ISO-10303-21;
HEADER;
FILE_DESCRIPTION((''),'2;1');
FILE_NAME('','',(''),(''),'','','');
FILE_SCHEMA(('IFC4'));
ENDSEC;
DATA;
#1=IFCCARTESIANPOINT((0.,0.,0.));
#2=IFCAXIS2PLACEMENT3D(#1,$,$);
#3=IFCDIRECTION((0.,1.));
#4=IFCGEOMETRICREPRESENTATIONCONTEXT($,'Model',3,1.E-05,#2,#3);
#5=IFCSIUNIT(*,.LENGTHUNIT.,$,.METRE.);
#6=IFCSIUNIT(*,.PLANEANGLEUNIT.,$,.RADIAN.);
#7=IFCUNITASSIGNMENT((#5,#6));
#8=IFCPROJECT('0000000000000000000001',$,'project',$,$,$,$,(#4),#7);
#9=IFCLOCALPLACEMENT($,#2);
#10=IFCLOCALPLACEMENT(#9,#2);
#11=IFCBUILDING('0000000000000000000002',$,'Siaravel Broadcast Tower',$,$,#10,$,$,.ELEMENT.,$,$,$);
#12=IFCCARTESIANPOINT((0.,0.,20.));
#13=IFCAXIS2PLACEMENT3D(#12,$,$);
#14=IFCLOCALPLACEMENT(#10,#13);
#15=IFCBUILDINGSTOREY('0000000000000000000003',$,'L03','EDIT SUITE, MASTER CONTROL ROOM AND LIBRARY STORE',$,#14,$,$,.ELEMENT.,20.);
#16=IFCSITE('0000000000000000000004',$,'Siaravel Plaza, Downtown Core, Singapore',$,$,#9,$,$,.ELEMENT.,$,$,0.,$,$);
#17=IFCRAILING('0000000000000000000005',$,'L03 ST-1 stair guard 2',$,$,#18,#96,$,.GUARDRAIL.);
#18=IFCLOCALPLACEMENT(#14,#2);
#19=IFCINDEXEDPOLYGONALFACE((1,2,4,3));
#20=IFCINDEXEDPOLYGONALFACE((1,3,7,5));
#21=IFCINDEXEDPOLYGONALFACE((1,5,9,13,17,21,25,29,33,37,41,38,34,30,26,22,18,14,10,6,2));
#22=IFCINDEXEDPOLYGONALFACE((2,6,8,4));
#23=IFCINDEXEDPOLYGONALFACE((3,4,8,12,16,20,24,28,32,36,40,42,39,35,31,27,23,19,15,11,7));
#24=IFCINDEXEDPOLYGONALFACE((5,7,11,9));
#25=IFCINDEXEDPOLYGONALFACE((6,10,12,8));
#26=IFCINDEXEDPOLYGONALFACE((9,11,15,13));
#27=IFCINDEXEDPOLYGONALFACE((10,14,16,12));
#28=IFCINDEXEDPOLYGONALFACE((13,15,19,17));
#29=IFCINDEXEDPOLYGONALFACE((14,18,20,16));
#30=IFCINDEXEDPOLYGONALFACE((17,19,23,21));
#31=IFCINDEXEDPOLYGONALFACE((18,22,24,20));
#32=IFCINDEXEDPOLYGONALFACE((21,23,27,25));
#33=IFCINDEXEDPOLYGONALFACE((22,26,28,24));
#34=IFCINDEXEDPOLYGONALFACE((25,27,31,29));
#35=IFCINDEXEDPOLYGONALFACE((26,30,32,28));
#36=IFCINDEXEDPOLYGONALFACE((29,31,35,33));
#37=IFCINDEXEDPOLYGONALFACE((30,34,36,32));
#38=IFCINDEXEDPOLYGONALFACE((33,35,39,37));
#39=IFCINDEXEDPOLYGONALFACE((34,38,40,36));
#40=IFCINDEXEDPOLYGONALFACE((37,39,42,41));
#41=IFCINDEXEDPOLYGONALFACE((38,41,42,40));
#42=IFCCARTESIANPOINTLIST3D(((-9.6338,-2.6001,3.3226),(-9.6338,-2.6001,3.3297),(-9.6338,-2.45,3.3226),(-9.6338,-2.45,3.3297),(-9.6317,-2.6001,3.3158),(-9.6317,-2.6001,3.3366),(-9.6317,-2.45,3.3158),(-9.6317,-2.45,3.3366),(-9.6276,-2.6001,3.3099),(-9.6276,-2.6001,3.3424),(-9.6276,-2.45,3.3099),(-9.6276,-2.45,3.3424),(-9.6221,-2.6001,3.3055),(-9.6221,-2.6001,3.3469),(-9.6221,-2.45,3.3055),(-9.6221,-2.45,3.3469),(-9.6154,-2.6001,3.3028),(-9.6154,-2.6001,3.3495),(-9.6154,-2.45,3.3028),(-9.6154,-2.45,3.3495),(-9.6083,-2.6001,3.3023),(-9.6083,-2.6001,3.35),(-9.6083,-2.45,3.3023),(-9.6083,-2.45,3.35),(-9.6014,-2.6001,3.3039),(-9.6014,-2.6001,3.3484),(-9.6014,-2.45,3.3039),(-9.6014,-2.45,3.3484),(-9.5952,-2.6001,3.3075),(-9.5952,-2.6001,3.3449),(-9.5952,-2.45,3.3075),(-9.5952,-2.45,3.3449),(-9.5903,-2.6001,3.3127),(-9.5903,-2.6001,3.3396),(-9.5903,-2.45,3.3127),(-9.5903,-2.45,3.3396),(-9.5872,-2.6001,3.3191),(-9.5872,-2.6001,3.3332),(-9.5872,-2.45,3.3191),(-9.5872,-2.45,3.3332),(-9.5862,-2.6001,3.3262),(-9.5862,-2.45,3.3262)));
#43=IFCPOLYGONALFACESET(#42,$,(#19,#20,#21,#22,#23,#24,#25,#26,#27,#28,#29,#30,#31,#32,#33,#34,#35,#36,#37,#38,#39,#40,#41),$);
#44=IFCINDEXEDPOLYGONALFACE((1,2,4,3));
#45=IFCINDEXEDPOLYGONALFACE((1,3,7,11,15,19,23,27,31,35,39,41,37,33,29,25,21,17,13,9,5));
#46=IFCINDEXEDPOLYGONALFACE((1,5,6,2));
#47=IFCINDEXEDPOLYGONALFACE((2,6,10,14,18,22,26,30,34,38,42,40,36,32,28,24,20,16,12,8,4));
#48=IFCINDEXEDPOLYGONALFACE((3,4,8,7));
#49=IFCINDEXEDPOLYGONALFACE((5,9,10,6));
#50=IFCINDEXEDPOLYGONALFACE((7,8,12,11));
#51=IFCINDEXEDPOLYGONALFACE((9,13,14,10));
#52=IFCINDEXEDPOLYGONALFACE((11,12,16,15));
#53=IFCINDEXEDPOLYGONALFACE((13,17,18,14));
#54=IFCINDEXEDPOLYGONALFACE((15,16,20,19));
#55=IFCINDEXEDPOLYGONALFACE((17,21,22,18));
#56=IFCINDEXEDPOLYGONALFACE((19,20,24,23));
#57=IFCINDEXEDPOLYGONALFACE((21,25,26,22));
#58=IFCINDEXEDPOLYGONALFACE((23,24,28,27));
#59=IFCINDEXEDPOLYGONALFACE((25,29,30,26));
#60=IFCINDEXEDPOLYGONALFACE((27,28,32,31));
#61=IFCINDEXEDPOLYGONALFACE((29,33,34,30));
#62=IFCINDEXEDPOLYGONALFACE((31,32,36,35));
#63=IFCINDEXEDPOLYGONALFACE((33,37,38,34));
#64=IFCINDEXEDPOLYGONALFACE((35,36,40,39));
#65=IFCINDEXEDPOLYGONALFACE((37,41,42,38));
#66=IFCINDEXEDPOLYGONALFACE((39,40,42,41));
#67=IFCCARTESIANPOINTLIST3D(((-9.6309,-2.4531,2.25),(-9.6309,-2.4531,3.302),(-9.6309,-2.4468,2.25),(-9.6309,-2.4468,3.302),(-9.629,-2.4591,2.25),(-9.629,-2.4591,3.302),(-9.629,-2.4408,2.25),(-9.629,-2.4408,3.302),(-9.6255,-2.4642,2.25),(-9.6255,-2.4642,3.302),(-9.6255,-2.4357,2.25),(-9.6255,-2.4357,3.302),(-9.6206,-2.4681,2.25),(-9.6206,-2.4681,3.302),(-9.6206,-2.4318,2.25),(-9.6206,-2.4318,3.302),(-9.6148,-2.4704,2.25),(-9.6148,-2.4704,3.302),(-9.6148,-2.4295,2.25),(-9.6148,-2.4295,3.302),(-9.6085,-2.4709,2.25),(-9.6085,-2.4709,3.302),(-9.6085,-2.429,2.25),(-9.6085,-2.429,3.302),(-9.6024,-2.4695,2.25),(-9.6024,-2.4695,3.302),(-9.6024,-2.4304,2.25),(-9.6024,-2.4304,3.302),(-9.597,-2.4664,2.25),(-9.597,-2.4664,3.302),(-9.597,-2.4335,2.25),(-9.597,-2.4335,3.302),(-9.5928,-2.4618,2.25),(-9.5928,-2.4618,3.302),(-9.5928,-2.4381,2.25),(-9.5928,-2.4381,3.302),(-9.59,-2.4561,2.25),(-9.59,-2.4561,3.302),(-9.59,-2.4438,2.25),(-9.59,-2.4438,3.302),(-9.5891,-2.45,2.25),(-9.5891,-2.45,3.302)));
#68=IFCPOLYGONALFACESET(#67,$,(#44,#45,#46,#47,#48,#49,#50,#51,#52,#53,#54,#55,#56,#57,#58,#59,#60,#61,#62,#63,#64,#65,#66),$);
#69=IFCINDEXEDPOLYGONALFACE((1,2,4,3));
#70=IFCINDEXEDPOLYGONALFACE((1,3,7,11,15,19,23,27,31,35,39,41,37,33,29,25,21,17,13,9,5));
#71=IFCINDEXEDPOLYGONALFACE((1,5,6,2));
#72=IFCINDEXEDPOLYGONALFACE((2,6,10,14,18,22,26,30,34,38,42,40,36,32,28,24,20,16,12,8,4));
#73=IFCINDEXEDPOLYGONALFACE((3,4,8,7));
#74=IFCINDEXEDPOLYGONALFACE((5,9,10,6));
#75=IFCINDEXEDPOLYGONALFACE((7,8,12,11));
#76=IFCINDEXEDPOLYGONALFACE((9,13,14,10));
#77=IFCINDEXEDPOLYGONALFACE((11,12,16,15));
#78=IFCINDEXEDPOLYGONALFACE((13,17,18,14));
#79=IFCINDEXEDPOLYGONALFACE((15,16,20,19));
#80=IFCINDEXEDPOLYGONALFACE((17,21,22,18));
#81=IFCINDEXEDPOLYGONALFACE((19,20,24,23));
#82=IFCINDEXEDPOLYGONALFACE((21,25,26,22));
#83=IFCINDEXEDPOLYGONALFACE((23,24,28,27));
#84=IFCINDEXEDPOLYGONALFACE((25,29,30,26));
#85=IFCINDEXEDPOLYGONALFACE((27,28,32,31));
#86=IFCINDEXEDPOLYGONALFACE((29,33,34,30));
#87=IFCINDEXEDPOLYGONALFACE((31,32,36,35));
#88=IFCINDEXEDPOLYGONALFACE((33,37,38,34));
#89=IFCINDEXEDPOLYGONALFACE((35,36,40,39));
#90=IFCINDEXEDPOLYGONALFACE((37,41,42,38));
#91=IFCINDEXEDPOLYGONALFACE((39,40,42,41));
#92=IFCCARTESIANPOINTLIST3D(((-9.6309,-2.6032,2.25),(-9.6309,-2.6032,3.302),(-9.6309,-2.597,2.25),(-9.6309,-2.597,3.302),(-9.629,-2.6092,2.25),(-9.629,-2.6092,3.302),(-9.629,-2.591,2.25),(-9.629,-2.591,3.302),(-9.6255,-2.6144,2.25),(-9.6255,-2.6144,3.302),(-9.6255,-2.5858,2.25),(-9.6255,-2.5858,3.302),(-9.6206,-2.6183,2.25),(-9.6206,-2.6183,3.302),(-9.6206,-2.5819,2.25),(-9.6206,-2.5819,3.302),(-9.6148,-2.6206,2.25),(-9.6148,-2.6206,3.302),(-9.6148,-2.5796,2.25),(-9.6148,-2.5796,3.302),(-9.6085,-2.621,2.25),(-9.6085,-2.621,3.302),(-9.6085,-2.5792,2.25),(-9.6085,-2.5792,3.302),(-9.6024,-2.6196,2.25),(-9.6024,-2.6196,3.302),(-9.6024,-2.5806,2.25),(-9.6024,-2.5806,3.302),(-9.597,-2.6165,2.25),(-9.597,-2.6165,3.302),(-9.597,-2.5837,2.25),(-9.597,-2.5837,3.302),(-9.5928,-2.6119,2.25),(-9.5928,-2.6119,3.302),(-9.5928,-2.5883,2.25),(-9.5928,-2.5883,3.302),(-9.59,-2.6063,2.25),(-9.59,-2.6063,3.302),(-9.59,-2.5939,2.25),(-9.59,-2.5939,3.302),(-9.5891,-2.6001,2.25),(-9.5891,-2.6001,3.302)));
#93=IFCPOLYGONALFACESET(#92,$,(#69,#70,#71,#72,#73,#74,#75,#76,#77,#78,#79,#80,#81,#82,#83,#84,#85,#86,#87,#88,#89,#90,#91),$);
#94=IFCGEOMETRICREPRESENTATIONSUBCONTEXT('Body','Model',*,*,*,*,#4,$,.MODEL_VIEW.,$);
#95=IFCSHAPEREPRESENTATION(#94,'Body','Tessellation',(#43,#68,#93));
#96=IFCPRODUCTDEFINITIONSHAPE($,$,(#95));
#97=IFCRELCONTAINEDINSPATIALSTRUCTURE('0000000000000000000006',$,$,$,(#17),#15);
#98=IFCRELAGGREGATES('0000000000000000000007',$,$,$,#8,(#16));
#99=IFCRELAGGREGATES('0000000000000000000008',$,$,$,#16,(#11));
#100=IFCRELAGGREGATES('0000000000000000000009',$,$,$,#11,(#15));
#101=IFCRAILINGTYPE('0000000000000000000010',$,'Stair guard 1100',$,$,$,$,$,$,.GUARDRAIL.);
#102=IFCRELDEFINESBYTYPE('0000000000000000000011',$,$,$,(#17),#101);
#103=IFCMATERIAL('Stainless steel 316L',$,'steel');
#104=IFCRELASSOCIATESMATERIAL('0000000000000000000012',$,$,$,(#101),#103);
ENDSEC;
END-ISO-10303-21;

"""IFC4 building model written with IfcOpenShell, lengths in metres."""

from ifc_helpers import new_model, si_unit, direction, frame, origin, origin_2d, place, context, subcontext, project, spatial, circle, extrude, material, type_object, element, save


model = new_model("IFC4")

# Units and contexts
model_context = context("Model", 3, precision=1e-05, world=origin(), true_north=direction((0.0, 1.0)))
body_context = subcontext(model_context, "Body", "Model", "MODEL_VIEW")
ifc_project = project(units=[si_unit("LENGTHUNIT", "METRE"), si_unit("PLANEANGLEUNIT", "RADIAN")], contexts=[model_context])

# Site, building, storey
site_placement = place(None, origin())
site = spatial("IfcSite", under=ifc_project, at=site_placement, Name="Siaravel Plaza, Downtown Core, Singapore", CompositionType="ELEMENT", RefElevation=0.0)
building_placement = place(site_placement, origin())
building = spatial("IfcBuilding", under=site, at=building_placement, Name="Siaravel Broadcast Tower", CompositionType="ELEMENT")
storey_placement = place(building_placement, frame((0.0, 0.0, 20.0)))
storey = spatial("IfcBuildingStorey", under=building, at=storey_placement, Name="L03", Description="EDIT SUITE, MASTER CONTROL ROOM AND LIBRARY STORE", CompositionType="ELEMENT", Elevation=20.0)

# Shared definitions
ifc_material_1 = material(Name="Stainless steel 316L", Category="steel")

# Railing
railing_type_1 = type_object("IfcRailingType", Name="Stair guard 1100", PredefinedType="GUARDRAIL", material=ifc_material_1)
railing_1_placement = place(storey_placement, frame((-9.6101, -2.45, 2.25)))
element("IfcRailing", 1, at=railing_1_placement, inside=storey, type_object=railing_type_1, Name="L03 ST-1 stair guard 2", PredefinedType="GUARDRAIL", context=body_context, shape_type="SweptSolid", body=[
    extrude(circle(Radius=0.0239, at=origin_2d()), frame((0.0, 0.0, 1.0762), z_axis=(0.0, -1.0, 0.0), x_axis=(1.0, 0.0, 0.0)), (0.0, 0.0, 1.0), 0.1501),
    extrude(circle(Radius=0.021, at=origin_2d()), origin(), (0.0, 0.0, 1.0), 1.052),
    extrude(circle(Radius=0.021, at=origin_2d()), frame((0.0, -0.1501, 0.0)), (0.0, 0.0, 1.0), 1.052),
])

save(model, "model.ifc")
